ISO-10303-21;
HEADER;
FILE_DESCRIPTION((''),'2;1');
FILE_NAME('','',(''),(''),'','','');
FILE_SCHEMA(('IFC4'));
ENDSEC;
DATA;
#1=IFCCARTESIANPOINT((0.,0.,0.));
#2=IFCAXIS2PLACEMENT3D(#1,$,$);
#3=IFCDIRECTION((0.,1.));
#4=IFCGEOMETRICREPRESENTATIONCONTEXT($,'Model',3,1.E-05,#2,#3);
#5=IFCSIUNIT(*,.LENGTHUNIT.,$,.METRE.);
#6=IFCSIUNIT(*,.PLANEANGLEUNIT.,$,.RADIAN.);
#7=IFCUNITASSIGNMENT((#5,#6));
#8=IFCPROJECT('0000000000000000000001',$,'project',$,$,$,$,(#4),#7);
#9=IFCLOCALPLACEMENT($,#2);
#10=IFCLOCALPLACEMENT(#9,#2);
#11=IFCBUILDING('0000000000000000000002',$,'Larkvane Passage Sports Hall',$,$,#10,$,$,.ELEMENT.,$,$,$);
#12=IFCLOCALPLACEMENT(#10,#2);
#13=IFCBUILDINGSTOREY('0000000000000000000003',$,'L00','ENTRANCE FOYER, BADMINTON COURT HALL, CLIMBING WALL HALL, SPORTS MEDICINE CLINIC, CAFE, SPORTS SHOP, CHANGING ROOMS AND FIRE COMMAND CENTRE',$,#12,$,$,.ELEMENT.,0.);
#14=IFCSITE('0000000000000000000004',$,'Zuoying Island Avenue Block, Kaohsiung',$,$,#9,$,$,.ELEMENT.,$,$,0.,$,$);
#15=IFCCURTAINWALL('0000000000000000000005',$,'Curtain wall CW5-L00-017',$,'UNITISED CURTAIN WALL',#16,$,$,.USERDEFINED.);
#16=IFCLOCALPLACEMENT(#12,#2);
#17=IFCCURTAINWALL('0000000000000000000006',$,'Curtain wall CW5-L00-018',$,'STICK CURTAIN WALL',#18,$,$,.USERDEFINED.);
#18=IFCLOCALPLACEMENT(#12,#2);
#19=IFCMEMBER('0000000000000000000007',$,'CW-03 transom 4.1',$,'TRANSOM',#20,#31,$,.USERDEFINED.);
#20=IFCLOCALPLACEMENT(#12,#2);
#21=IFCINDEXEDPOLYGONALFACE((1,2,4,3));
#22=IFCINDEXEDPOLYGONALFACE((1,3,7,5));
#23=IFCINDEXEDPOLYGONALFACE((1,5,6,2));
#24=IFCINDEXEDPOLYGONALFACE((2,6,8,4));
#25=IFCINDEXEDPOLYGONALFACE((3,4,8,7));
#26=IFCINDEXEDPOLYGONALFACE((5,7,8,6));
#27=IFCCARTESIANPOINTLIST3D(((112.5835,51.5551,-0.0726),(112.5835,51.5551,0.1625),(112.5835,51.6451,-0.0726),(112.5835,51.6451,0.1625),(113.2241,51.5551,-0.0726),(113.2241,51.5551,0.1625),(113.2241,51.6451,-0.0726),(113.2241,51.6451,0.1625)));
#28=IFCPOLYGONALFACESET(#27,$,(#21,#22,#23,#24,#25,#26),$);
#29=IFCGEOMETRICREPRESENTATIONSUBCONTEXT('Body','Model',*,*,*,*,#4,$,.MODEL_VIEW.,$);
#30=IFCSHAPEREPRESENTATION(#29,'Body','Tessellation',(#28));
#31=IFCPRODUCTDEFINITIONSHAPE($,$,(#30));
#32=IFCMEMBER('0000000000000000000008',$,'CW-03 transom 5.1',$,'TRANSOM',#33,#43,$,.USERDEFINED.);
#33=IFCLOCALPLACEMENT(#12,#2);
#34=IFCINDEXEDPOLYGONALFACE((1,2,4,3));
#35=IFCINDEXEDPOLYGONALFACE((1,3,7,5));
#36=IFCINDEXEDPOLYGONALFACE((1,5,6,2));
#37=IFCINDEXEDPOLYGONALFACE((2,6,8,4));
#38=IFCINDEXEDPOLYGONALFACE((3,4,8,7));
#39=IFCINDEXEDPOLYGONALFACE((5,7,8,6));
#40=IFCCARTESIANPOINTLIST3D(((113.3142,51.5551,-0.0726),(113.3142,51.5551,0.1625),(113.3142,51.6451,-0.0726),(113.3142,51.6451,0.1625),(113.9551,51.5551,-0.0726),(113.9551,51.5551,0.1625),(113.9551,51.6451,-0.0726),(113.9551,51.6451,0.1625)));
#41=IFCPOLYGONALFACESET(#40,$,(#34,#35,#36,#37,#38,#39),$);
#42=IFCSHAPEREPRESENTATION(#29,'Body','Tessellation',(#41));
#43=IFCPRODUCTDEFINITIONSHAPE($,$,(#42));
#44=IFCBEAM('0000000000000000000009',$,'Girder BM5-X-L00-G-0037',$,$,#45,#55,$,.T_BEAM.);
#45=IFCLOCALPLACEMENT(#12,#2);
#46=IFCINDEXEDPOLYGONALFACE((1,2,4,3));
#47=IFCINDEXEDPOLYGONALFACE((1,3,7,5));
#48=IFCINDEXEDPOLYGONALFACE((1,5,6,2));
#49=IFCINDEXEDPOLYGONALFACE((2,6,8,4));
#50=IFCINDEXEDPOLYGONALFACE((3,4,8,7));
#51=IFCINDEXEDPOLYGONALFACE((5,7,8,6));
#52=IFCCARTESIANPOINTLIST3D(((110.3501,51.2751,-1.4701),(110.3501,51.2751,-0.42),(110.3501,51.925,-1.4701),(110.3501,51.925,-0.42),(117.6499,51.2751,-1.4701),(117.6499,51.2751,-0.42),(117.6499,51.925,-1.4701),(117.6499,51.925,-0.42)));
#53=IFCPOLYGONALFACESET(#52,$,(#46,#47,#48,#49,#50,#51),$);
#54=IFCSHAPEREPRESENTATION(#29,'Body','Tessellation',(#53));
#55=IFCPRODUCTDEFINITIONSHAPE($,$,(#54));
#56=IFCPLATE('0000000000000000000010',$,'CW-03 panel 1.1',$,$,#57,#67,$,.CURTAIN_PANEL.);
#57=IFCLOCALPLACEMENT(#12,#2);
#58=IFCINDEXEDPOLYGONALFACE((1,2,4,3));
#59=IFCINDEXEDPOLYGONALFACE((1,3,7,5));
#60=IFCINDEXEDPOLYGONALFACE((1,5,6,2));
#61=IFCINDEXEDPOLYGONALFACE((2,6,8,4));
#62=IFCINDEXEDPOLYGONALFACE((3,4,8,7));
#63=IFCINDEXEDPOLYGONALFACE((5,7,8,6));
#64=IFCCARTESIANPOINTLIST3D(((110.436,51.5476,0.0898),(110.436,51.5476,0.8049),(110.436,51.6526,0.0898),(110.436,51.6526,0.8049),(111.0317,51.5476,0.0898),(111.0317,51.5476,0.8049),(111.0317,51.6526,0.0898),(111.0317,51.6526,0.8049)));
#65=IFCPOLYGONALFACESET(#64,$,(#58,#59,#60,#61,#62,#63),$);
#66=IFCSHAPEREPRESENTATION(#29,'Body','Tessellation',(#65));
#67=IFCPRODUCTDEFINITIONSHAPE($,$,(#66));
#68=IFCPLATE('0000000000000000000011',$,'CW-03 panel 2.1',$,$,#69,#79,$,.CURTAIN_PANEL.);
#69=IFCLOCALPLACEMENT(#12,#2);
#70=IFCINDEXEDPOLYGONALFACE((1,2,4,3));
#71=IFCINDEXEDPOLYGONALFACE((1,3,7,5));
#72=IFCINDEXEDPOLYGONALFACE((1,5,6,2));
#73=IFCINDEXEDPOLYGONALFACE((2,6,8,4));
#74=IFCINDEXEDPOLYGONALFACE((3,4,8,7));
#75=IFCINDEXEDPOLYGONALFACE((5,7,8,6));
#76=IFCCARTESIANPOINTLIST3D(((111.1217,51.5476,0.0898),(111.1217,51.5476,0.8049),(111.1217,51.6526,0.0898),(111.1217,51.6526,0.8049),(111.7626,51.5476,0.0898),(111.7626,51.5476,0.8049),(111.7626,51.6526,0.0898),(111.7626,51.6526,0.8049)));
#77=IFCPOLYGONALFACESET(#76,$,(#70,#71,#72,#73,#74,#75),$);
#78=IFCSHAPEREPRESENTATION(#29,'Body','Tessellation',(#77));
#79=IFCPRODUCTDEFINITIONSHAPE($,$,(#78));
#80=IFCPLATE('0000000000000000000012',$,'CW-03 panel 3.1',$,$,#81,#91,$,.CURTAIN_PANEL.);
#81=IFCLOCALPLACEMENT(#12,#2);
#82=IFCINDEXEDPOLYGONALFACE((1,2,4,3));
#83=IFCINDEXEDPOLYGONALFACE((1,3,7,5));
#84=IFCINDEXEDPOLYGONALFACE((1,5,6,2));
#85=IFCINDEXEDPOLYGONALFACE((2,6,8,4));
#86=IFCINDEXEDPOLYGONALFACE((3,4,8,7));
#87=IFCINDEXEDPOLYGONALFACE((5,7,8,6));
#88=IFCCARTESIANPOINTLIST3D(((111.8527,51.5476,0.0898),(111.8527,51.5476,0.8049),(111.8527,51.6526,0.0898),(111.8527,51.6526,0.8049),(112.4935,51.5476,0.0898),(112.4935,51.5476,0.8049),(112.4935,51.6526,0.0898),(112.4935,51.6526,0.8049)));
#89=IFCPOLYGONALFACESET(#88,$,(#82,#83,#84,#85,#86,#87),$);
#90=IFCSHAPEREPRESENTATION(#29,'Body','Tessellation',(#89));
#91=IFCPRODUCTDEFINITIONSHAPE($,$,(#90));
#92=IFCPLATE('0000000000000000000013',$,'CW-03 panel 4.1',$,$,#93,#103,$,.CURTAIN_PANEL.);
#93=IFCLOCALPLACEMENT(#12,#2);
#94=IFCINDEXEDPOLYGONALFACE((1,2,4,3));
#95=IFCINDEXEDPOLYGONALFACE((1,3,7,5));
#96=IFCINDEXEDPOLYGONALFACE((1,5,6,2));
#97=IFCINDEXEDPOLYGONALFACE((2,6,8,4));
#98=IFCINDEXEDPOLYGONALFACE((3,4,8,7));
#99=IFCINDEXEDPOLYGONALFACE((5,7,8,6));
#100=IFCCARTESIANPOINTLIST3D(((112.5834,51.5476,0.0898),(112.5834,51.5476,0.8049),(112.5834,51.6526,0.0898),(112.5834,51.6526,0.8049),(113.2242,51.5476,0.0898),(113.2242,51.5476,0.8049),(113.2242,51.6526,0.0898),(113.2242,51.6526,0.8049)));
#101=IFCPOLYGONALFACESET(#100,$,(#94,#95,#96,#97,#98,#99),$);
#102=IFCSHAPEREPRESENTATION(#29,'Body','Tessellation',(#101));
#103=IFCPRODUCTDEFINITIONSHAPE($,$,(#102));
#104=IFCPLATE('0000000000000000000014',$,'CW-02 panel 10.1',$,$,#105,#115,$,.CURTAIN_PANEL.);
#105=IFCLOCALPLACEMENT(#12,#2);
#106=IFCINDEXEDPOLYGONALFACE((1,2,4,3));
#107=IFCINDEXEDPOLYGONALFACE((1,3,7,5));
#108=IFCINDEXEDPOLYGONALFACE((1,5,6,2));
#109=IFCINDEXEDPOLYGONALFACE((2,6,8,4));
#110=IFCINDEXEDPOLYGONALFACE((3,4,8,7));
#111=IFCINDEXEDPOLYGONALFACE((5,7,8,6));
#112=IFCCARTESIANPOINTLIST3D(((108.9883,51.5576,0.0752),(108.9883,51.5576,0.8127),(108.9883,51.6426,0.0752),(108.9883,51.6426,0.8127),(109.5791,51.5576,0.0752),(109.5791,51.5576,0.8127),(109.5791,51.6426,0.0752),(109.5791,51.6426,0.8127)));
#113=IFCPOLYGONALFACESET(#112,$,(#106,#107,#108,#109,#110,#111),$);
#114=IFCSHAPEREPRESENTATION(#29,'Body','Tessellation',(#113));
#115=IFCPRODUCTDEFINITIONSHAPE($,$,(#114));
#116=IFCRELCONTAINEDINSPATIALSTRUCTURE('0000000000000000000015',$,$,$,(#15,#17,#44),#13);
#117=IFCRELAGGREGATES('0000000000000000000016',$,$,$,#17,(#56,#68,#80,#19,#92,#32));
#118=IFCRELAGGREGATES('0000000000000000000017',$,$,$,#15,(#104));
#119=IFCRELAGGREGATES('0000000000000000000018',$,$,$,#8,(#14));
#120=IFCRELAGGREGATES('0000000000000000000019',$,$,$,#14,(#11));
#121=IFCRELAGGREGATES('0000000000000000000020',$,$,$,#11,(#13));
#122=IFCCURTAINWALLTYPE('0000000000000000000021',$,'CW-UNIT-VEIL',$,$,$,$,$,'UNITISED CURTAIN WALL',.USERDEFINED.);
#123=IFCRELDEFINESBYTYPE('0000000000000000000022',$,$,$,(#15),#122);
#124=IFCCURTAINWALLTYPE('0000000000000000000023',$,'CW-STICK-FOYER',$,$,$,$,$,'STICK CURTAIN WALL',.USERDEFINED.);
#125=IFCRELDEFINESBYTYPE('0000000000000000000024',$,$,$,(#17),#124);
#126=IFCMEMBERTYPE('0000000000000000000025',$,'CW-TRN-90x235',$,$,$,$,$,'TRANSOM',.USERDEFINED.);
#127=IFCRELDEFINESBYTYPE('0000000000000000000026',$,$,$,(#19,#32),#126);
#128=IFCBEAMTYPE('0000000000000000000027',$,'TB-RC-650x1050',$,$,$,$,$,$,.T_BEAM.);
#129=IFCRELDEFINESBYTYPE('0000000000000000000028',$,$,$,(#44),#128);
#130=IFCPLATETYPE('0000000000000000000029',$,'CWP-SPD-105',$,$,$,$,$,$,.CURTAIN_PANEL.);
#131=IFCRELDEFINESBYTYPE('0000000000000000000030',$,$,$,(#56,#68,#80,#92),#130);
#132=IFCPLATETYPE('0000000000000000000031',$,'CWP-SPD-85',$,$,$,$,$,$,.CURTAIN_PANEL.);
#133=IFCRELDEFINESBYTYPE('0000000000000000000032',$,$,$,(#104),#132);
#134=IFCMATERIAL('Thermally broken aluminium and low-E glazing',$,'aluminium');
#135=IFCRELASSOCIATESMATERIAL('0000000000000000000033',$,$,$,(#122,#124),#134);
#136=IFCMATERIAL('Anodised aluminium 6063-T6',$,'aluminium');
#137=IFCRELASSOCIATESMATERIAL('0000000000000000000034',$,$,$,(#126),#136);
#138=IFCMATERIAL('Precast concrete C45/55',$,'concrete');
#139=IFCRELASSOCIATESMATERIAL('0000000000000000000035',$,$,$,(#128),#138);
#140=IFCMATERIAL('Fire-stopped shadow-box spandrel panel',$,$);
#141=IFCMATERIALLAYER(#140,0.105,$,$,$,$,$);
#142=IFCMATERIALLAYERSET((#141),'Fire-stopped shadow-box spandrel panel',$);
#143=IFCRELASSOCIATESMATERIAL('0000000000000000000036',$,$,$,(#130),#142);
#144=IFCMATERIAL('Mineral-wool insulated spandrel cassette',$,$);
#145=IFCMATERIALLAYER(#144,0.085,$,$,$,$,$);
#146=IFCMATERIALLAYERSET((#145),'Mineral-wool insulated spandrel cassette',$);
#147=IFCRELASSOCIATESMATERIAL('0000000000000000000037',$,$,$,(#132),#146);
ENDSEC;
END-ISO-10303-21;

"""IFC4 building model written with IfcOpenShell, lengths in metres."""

from ifc_helpers import new_model, si_unit, direction, frame, origin, origin_2d, place, context, subcontext, project, spatial, rectangle, extrude, material, layer, layer_set, material_profile, profile_set, type_object, element, aggregate, save


model = new_model("IFC4")

# Units and contexts
model_context = context("Model", 3, precision=1e-05, world=origin(), true_north=direction((0.0, 1.0)))
body_context = subcontext(model_context, "Body", "Model", "MODEL_VIEW")
ifc_project = project(units=[si_unit("LENGTHUNIT", "METRE"), si_unit("PLANEANGLEUNIT", "RADIAN")], contexts=[model_context])

# Site, building, storey
site_placement = place(None, origin())
site = spatial("IfcSite", under=ifc_project, at=site_placement, Name="Zuoying Island Avenue Block, Kaohsiung", CompositionType="ELEMENT", RefElevation=0.0)
building_placement = place(site_placement, origin())
building = spatial("IfcBuilding", under=site, at=building_placement, Name="Larkvane Passage Sports Hall", CompositionType="ELEMENT")
storey_placement = place(building_placement, origin())
storey = spatial("IfcBuildingStorey", under=building, at=storey_placement, Name="L00", Description="ENTRANCE FOYER, BADMINTON COURT HALL, CLIMBING WALL HALL, SPORTS MEDICINE CLINIC, CAFE, SPORTS SHOP, CHANGING ROOMS AND FIRE COMMAND CENTRE", CompositionType="ELEMENT", Elevation=0.0)

# Curtain wall
ifc_material_1 = material(Name="Thermally broken aluminium and low-E glazing", Category="aluminium")
curtain_wall_type_1 = type_object("IfcCurtainWallType", Name="CW-UNIT-VEIL", ElementType="UNITISED CURTAIN WALL", PredefinedType="USERDEFINED", material=ifc_material_1)
curtain_wall_1_placement = place(storey_placement, origin())
curtain_wall_1 = element("IfcCurtainWall", 1, at=curtain_wall_1_placement, inside=storey, type_object=curtain_wall_type_1, Name="Curtain wall CW5-L00-017", ObjectType="UNITISED CURTAIN WALL", PredefinedType="USERDEFINED")
ifc_material_2 = material(Name="Anodised aluminium 6063-T6", Category="aluminium")

# Curtain wall
curtain_wall_type_2 = type_object("IfcCurtainWallType", Name="CW-STICK-FOYER", ElementType="STICK CURTAIN WALL", PredefinedType="USERDEFINED", material=ifc_material_1)
curtain_wall_2_placement = place(storey_placement, origin())
curtain_wall_2 = element("IfcCurtainWall", 2, at=curtain_wall_2_placement, inside=storey, type_object=curtain_wall_type_2, Name="Curtain wall CW5-L00-018", ObjectType="STICK CURTAIN WALL", PredefinedType="USERDEFINED")

# Members
ifc_material_profile_1 = material_profile(ifc_material_2, rectangle(XDim=0.0901, YDim=0.2351, at=origin_2d()), Name="ALU-TRN-90x235")
ifc_profile_set_1 = profile_set([ifc_material_profile_1], Name="Anodised aluminium 6063-T6")
member_type_1 = type_object("IfcMemberType", Name="CW-TRN-90x235", ElementType="TRANSOM", PredefinedType="USERDEFINED", material=ifc_profile_set_1)
member_1_placement = place(storey_placement, frame((112.5835, 51.6001, 0.0449), z_axis=(1.0, 0.0, 0.0), x_axis=(0.0, 1.0, 0.0)))
member_1 = element("IfcMember", 3, at=member_1_placement, type_object=member_type_1, Name="CW-03 transom 4.1", ObjectType="TRANSOM", PredefinedType="USERDEFINED", context=body_context, shape_type="SweptSolid", body=[
    extrude(rectangle(XDim=0.0901, YDim=0.2351, at=origin_2d()), origin(), (0.0, 0.0, 1.0), 0.6406),
])
member_2_placement = place(storey_placement, frame((113.3142, 51.6001, 0.0449), z_axis=(1.0, 0.0, 0.0), x_axis=(0.0, 1.0, 0.0)))
member_2 = element("IfcMember", 4, at=member_2_placement, type_object=member_type_1, Name="CW-03 transom 5.1", ObjectType="TRANSOM", PredefinedType="USERDEFINED", context=body_context, shape_type="SweptSolid", body=[
    extrude(rectangle(XDim=0.0901, YDim=0.2351, at=origin_2d()), origin(), (0.0, 0.0, 1.0), 0.6409),
])

# Beam
ifc_material_3 = material(Name="Precast concrete C45/55", Category="concrete")
ifc_material_profile_2 = material_profile(ifc_material_3, rectangle(XDim=0.6499, YDim=1.05, at=origin_2d()), Name="RC-TB-650x1050")
ifc_profile_set_2 = profile_set([ifc_material_profile_2], Name="Precast concrete C45/55")
beam_type = type_object("IfcBeamType", Name="TB-RC-650x1050", PredefinedType="T_BEAM", material=ifc_profile_set_2)
beam_placement = place(storey_placement, frame((110.3501, 51.6001, -0.9451), z_axis=(1.0, 0.0, 0.0), x_axis=(0.0, 1.0, 0.0)))
element("IfcBeam", 5, at=beam_placement, inside=storey, type_object=beam_type, Name="Girder BM5-X-L00-G-0037", PredefinedType="T_BEAM", context=body_context, shape_type="SweptSolid", body=[
    extrude(rectangle(XDim=0.6499, YDim=1.05, at=origin_2d()), origin(), (0.0, 0.0, 1.0), 7.2998),
])

# Plates
ifc_material_4 = material(Name="Fire-stopped shadow-box spandrel panel")
ifc_layer_1 = layer(ifc_material_4, 0.105)
ifc_layer_set_1 = layer_set([ifc_layer_1], Name="Fire-stopped shadow-box spandrel panel")
plate_type_1 = type_object("IfcPlateType", Name="CWP-SPD-105", PredefinedType="CURTAIN_PANEL", material=ifc_layer_set_1)
plate_1_placement = place(storey_placement, frame((110.7339, 51.6001, 0.0898), z_axis=(0.0, 0.0, 1.0), x_axis=(1.0, 0.0, 0.0)))
plate_1 = element("IfcPlate", 6, at=plate_1_placement, type_object=plate_type_1, Name="CW-03 panel 1.1", PredefinedType="CURTAIN_PANEL", context=body_context, shape_type="SweptSolid", body=[
    extrude(rectangle(XDim=0.5957, YDim=0.105, at=origin_2d()), origin(), (0.0, 0.0, 1.0), 0.7151),
])
plate_2_placement = place(storey_placement, frame((111.4421, 51.6001, 0.0898), z_axis=(0.0, 0.0, 1.0), x_axis=(1.0, 0.0, 0.0)))
plate_2 = element("IfcPlate", 7, at=plate_2_placement, type_object=plate_type_1, Name="CW-03 panel 2.1", PredefinedType="CURTAIN_PANEL", context=body_context, shape_type="SweptSolid", body=[
    extrude(rectangle(XDim=0.6409, YDim=0.105, at=origin_2d()), origin(), (0.0, 0.0, 1.0), 0.7151),
])
plate_3_placement = place(storey_placement, frame((112.1731, 51.6001, 0.0898), z_axis=(0.0, 0.0, 1.0), x_axis=(1.0, 0.0, 0.0)))
plate_3 = element("IfcPlate", 8, at=plate_3_placement, type_object=plate_type_1, Name="CW-03 panel 3.1", PredefinedType="CURTAIN_PANEL", context=body_context, shape_type="SweptSolid", body=[
    extrude(rectangle(XDim=0.6409, YDim=0.105, at=origin_2d()), origin(), (0.0, 0.0, 1.0), 0.7151),
])
plate_4_placement = place(storey_placement, frame((112.9038, 51.6001, 0.0898), z_axis=(0.0, 0.0, 1.0), x_axis=(1.0, 0.0, 0.0)))
plate_4 = element("IfcPlate", 9, at=plate_4_placement, type_object=plate_type_1, Name="CW-03 panel 4.1", PredefinedType="CURTAIN_PANEL", context=body_context, shape_type="SweptSolid", body=[
    extrude(rectangle(XDim=0.6409, YDim=0.105, at=origin_2d()), origin(), (0.0, 0.0, 1.0), 0.7151),
])
aggregate(curtain_wall_2, [plate_1, plate_2, plate_3, member_1, plate_4, member_2])
ifc_material_5 = material(Name="Mineral-wool insulated spandrel cassette")
ifc_layer_2 = layer(ifc_material_5, 0.085)
ifc_layer_set_2 = layer_set([ifc_layer_2], Name="Mineral-wool insulated spandrel cassette")
plate_type_2 = type_object("IfcPlateType", Name="CWP-SPD-85", PredefinedType="CURTAIN_PANEL", material=ifc_layer_set_2)
plate_5_placement = place(storey_placement, frame((109.2837, 51.6001, 0.0752), z_axis=(0.0, 0.0, 1.0), x_axis=(1.0, 0.0, 0.0)))
plate_5 = element("IfcPlate", 10, at=plate_5_placement, type_object=plate_type_2, Name="CW-02 panel 10.1", PredefinedType="CURTAIN_PANEL", context=body_context, shape_type="SweptSolid", body=[
    extrude(rectangle(XDim=0.5908, YDim=0.085, at=origin_2d()), origin(), (0.0, 0.0, 1.0), 0.7375),
])
aggregate(curtain_wall_1, [plate_5])

save(model, "model.ifc")
